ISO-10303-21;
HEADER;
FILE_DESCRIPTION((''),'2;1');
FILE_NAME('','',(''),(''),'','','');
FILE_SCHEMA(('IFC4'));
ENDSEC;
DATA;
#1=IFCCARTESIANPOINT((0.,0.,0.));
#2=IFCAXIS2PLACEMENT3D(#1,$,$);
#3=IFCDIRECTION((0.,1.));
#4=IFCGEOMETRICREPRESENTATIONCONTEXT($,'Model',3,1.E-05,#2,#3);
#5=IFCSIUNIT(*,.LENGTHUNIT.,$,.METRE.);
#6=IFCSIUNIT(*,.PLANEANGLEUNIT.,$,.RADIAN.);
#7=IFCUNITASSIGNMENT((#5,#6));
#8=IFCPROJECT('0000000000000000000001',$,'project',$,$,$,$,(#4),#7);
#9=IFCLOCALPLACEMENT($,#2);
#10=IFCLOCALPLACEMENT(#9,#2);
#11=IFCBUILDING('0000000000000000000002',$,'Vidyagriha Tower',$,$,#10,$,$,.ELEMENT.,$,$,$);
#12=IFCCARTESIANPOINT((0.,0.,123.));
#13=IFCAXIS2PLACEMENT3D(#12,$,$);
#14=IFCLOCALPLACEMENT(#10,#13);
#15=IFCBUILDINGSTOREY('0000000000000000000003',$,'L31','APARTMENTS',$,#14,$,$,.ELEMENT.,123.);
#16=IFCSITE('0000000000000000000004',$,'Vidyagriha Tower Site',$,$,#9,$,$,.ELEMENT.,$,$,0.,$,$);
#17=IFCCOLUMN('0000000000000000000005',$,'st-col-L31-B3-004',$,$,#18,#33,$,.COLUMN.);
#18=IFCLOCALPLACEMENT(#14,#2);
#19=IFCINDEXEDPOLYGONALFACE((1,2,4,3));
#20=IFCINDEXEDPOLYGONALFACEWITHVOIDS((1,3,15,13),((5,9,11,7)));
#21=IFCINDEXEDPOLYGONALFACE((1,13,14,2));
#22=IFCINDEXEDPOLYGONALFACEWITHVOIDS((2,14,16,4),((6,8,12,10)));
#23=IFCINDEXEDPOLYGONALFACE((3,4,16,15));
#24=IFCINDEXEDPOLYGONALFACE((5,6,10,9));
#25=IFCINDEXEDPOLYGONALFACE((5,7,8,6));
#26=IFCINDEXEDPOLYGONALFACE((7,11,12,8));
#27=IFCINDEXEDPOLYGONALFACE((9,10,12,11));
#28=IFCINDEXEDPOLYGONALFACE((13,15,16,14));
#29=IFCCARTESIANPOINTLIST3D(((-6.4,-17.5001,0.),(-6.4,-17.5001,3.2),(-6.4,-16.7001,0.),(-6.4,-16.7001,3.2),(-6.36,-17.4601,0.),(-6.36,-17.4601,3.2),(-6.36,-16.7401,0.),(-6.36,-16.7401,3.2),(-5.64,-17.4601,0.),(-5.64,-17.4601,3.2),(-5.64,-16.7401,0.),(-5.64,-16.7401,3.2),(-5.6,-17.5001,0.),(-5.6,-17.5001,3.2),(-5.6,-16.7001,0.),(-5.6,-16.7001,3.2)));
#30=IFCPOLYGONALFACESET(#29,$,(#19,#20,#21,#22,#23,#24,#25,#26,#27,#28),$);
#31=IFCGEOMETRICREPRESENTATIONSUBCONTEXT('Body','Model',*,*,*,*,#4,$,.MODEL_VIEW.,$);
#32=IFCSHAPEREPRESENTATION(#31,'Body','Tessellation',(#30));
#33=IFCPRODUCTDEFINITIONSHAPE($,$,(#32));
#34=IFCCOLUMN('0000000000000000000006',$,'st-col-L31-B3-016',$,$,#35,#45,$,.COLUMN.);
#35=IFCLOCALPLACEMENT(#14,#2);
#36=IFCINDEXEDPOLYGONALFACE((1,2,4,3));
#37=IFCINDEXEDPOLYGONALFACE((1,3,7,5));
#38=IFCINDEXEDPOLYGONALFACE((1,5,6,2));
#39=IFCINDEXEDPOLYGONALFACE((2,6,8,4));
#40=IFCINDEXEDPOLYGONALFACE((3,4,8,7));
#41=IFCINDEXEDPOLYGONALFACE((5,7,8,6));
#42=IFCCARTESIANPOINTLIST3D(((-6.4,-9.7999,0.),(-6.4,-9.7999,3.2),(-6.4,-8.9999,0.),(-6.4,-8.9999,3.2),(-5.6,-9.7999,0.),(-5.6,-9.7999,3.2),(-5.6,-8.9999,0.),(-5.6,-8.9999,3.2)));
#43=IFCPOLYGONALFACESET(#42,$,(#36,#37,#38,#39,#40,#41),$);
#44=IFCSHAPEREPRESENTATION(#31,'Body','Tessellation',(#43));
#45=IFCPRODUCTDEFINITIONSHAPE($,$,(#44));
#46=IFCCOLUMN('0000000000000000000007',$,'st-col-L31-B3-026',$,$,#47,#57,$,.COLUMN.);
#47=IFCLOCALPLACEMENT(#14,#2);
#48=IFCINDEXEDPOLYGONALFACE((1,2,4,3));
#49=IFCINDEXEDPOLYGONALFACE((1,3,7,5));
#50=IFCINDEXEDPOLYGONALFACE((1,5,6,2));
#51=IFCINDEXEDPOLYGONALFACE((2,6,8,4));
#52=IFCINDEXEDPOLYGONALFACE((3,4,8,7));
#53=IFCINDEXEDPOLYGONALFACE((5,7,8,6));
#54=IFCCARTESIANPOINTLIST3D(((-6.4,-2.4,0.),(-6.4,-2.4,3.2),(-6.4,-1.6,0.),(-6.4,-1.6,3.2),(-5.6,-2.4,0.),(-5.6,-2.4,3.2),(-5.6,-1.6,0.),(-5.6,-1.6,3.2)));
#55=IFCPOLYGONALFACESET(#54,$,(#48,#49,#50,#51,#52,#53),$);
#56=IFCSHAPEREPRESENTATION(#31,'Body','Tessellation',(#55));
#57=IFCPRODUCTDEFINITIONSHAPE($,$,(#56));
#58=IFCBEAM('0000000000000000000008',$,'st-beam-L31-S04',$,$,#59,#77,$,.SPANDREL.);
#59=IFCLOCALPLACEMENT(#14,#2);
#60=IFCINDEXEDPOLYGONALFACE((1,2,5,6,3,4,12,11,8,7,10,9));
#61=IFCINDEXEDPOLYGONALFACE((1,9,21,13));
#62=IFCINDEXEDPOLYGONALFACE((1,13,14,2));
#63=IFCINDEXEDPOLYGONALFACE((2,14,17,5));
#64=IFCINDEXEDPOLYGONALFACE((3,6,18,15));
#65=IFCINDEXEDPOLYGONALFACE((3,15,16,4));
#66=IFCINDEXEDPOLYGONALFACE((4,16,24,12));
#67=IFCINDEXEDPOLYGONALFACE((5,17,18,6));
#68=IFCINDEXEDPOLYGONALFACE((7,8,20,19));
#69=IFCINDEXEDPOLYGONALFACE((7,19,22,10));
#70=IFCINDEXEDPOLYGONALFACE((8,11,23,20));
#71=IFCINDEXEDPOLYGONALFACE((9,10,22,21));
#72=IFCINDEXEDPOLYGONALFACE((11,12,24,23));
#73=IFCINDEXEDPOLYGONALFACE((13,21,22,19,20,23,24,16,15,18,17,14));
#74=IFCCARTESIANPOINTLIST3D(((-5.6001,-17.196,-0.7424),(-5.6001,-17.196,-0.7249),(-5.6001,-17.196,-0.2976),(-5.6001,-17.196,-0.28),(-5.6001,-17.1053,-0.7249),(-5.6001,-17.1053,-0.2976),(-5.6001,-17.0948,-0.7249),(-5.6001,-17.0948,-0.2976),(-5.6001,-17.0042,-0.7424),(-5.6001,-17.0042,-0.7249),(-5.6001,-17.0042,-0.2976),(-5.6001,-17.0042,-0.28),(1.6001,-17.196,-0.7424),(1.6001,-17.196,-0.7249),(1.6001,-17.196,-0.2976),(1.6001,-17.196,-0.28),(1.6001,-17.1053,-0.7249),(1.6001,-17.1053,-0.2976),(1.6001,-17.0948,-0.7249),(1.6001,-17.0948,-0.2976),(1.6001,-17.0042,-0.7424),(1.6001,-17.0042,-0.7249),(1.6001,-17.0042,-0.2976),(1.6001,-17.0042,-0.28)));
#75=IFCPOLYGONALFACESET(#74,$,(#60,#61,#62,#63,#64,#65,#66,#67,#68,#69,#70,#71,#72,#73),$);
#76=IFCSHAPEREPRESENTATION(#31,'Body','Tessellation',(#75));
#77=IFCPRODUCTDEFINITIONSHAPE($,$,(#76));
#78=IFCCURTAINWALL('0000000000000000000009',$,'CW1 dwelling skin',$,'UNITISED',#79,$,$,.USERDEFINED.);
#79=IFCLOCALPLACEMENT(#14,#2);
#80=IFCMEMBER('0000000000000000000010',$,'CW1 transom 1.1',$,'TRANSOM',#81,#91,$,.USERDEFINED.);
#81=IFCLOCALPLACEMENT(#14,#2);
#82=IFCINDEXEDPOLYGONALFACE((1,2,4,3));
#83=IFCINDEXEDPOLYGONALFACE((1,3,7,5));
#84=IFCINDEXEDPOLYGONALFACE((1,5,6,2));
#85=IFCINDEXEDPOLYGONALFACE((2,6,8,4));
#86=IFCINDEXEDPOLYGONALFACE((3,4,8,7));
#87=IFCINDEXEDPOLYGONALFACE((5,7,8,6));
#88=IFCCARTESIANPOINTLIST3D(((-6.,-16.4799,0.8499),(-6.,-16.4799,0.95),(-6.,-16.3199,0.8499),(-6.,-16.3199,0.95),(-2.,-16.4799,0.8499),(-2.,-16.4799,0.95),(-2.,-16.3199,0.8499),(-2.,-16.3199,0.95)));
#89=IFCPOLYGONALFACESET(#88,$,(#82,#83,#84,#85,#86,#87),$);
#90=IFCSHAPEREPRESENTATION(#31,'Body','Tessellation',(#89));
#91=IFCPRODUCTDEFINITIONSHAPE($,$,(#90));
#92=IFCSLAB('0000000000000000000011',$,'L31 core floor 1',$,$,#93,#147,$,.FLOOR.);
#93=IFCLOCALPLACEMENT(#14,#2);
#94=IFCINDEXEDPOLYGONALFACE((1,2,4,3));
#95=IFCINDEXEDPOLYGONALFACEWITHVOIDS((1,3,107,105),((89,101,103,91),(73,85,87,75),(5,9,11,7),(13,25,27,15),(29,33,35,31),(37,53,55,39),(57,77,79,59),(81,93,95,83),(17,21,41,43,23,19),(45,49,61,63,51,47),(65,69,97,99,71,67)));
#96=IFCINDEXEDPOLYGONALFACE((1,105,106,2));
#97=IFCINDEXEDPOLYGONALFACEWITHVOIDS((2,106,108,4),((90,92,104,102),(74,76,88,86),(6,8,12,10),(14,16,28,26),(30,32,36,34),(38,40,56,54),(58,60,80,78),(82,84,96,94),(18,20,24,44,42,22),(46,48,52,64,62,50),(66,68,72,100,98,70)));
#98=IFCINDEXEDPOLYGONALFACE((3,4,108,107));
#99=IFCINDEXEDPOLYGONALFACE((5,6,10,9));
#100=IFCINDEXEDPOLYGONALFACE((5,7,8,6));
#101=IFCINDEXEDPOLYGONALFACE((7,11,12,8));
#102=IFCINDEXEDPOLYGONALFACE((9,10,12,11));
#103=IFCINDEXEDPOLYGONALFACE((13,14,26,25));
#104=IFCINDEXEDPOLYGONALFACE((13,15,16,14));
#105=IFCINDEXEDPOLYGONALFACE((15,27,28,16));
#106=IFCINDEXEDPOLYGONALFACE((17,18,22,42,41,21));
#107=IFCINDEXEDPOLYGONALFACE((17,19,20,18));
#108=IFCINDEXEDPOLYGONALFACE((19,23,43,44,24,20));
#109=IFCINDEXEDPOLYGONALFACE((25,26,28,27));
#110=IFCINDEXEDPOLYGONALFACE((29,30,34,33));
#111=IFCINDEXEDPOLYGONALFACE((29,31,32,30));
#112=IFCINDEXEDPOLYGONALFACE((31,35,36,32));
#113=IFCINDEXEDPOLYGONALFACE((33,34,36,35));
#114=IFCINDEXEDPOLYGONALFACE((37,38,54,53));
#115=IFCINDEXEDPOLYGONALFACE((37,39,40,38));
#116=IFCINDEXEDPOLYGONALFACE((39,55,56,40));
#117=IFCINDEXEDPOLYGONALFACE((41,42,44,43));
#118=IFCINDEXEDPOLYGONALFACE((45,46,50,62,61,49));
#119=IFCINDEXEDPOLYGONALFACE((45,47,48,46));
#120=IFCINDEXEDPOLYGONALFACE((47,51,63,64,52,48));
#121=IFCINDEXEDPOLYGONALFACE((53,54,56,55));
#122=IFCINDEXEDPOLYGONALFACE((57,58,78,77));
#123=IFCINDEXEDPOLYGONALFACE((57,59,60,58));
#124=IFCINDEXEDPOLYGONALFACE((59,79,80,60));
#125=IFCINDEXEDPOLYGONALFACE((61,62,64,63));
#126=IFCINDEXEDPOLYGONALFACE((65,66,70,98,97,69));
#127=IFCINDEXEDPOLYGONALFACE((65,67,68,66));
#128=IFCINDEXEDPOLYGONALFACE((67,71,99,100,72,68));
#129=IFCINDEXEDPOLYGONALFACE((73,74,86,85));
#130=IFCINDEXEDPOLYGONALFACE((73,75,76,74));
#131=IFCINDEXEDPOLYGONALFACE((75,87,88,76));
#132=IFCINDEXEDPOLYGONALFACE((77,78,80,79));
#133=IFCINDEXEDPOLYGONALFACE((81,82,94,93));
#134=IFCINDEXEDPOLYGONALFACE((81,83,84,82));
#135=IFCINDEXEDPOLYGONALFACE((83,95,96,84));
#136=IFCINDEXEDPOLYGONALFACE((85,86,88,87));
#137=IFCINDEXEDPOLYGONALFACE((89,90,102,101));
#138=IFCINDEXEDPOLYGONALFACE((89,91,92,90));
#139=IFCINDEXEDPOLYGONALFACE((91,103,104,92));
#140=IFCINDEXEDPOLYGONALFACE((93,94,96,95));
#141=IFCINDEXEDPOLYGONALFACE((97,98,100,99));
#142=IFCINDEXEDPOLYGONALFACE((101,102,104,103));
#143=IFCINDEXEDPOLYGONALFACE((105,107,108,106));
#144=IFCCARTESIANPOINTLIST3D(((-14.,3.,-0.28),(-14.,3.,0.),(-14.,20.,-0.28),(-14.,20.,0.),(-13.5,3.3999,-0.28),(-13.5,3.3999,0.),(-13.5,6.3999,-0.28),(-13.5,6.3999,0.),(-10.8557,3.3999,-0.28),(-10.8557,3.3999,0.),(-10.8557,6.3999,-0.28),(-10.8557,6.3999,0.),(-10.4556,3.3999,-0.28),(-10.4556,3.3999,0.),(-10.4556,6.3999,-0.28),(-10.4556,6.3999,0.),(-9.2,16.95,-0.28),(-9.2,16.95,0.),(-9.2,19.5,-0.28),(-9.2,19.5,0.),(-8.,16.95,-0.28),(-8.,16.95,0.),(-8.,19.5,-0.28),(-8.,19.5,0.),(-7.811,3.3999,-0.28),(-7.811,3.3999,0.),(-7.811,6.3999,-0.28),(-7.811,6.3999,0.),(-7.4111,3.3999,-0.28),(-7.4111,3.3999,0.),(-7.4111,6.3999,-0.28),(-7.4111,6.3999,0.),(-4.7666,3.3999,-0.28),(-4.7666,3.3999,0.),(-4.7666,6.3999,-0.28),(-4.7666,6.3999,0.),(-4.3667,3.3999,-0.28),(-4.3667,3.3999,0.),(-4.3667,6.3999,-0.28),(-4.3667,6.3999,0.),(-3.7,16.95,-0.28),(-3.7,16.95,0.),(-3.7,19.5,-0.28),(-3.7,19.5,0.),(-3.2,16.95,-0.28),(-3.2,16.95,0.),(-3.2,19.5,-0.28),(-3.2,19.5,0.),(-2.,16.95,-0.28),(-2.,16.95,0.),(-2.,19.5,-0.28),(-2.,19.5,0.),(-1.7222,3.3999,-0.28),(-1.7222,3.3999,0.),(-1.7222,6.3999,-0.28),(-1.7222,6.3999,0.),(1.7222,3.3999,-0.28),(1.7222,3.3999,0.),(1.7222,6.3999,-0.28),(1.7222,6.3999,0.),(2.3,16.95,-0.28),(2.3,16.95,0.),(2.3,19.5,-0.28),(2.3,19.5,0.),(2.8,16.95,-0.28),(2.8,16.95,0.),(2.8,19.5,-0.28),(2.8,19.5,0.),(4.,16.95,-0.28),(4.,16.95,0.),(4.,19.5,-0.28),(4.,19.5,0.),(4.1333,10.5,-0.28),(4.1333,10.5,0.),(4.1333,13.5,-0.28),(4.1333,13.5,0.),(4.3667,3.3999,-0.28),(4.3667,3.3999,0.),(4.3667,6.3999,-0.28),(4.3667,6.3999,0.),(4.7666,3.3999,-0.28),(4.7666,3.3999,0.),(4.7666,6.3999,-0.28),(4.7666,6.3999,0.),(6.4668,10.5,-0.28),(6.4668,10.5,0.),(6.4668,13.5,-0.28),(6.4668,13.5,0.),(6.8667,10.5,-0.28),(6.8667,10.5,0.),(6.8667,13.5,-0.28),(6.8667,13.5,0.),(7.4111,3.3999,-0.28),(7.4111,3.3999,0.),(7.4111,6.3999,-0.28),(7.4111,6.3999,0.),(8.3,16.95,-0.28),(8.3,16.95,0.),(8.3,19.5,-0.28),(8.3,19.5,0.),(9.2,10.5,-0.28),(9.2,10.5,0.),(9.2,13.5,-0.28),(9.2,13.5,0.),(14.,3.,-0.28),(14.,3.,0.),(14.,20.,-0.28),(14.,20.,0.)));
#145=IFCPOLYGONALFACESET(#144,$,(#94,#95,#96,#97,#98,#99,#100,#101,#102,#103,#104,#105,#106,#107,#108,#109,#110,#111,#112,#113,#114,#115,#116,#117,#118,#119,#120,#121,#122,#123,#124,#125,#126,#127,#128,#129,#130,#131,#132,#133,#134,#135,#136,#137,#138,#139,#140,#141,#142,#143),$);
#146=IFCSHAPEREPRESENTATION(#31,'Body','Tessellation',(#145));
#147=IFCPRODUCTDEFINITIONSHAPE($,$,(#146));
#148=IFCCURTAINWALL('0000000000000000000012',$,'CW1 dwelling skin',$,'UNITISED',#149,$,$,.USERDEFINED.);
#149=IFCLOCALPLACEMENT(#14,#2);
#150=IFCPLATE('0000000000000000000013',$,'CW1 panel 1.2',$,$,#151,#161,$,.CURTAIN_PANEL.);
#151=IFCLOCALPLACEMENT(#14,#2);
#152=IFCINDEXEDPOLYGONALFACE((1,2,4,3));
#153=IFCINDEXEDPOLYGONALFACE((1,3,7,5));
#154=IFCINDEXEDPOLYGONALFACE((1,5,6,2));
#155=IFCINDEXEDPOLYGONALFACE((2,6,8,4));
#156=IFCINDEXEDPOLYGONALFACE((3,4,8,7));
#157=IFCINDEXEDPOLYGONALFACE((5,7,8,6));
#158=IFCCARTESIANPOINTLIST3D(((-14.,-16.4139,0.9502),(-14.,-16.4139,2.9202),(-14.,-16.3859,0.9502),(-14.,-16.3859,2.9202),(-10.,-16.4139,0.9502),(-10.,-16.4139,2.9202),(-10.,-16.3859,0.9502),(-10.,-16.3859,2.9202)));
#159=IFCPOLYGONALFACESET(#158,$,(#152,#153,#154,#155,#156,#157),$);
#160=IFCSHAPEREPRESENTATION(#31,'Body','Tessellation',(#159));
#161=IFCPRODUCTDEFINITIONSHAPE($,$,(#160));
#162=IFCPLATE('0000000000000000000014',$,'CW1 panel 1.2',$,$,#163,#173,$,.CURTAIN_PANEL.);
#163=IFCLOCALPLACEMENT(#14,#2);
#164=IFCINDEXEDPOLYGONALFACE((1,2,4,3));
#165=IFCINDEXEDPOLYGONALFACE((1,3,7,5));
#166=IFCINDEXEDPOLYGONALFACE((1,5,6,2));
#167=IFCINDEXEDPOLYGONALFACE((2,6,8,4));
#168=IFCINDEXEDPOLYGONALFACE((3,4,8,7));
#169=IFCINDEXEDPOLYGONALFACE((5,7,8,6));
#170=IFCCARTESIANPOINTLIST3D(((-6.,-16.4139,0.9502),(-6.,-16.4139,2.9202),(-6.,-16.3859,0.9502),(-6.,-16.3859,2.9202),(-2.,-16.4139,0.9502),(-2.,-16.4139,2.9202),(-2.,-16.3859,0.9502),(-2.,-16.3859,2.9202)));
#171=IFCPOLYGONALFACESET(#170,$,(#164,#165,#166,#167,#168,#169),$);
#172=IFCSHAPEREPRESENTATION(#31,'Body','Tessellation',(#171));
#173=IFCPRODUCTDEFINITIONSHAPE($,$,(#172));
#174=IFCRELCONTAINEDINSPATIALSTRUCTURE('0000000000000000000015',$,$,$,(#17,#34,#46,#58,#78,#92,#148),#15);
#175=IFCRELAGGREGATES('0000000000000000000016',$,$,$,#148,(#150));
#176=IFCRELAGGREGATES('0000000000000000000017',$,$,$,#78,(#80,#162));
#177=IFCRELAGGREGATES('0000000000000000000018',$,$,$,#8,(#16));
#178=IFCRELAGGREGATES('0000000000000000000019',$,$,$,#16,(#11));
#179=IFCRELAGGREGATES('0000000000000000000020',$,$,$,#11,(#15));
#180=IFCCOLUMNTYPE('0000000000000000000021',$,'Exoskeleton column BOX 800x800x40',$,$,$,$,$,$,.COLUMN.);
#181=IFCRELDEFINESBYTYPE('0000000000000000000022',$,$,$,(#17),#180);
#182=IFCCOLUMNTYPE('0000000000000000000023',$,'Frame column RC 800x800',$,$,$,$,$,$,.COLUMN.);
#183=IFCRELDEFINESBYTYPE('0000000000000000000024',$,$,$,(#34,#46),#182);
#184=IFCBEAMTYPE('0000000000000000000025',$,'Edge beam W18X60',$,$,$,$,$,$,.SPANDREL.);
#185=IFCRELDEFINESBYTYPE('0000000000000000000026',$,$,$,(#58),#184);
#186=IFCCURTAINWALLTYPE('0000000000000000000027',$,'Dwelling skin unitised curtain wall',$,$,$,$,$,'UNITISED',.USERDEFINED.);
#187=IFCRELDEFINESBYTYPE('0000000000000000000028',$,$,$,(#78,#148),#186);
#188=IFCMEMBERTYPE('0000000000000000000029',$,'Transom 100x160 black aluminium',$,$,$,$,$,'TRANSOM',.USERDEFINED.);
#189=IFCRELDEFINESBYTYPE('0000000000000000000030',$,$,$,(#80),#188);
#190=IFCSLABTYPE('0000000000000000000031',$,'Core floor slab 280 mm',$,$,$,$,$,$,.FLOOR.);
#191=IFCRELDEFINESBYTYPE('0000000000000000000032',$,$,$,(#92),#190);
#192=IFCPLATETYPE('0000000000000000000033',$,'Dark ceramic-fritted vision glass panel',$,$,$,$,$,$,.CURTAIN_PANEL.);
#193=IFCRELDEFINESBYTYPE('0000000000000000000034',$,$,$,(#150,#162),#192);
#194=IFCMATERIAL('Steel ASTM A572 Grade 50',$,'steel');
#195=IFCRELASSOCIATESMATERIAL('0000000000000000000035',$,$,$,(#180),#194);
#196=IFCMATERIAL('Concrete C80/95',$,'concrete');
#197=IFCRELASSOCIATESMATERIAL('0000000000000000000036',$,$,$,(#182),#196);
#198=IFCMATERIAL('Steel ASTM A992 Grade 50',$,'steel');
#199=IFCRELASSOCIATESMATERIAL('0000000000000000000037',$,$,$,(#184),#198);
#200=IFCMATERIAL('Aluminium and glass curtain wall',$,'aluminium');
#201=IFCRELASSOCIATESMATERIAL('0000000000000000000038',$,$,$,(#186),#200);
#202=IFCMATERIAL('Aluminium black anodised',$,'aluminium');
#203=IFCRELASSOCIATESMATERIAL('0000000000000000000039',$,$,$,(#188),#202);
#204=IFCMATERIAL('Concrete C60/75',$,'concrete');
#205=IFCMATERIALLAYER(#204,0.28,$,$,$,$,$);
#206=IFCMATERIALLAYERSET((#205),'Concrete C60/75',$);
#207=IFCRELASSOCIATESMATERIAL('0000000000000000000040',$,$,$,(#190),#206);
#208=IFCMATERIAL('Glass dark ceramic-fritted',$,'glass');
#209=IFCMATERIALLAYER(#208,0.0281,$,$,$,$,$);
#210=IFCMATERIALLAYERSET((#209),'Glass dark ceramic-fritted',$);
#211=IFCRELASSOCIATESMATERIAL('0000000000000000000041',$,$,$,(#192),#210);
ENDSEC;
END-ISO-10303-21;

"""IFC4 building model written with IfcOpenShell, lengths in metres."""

from ifc_helpers import new_model, si_unit, direction, frame, origin, origin_2d, place, context, subcontext, project, spatial, polyline, rectangle, hollow_rectangle, i_section, outline, extrude, material, layer, layer_set, material_profile, profile_set, type_object, element, aggregate, save


model = new_model("IFC4")

# Units and contexts
model_context = context("Model", 3, precision=1e-05, world=origin(), true_north=direction((0.0, 1.0)))
body_context = subcontext(model_context, "Body", "Model", "MODEL_VIEW")
ifc_project = project(units=[si_unit("LENGTHUNIT", "METRE"), si_unit("PLANEANGLEUNIT", "RADIAN")], contexts=[model_context])

# Site, building, storey
site_placement = place(None, origin())
site = spatial("IfcSite", under=ifc_project, at=site_placement, Name="Vidyagriha Tower Site", CompositionType="ELEMENT", RefElevation=0.0)
building_placement = place(site_placement, origin())
building = spatial("IfcBuilding", under=site, at=building_placement, Name="Vidyagriha Tower", CompositionType="ELEMENT")
storey_placement = place(building_placement, frame((0.0, 0.0, 123.0)))
storey = spatial("IfcBuildingStorey", under=building, at=storey_placement, Name="L31", Description="APARTMENTS", CompositionType="ELEMENT", Elevation=123.0)

# Columns
ifc_material_1 = material(Name="Steel ASTM A572 Grade 50", Category="steel")
ifc_material_profile_1 = material_profile(ifc_material_1, hollow_rectangle(XDim=0.8, YDim=0.8, WallThickness=0.04, at=origin_2d()), Name="BOX 800x800x40")
ifc_profile_set_1 = profile_set([ifc_material_profile_1], Name="Steel ASTM A572 Grade 50")
column_type_1 = type_object("IfcColumnType", Name="Exoskeleton column BOX 800x800x40", PredefinedType="COLUMN", material=ifc_profile_set_1)
column_placement = place(storey_placement, frame((-6.0, -17.1001, 0.0)))
element("IfcColumn", 1, at=column_placement, inside=storey, type_object=column_type_1, Name="st-col-L31-B3-004", PredefinedType="COLUMN", context=body_context, shape_type="SweptSolid", body=[
    extrude(hollow_rectangle(XDim=0.8, YDim=0.8, WallThickness=0.04, at=origin_2d()), origin(), (0.0, 0.0, 1.0), 3.2),
])
ifc_material_2 = material(Name="Concrete C80/95", Category="concrete")
ifc_material_profile_2 = material_profile(ifc_material_2, rectangle(XDim=0.8, YDim=0.8, at=origin_2d()), Name="RC 800x800")
ifc_profile_set_2 = profile_set([ifc_material_profile_2], Name="Concrete C80/95")
column_type_2 = type_object("IfcColumnType", Name="Frame column RC 800x800", PredefinedType="COLUMN", material=ifc_profile_set_2)
for number, where, name in (
    (2, (-6.0, -9.3999, 0.0), "st-col-L31-B3-016"),
    (3, (-6.0, -2.0, 0.0), "st-col-L31-B3-026"),
):
    element("IfcColumn", number, at=place(storey_placement, frame(where)), inside=storey, type_object=column_type_2, Name=name, PredefinedType="COLUMN", context=body_context, shape_type="SweptSolid", body=[
        extrude(rectangle(XDim=0.8, YDim=0.8, at=origin_2d()), origin(), (0.0, 0.0, 1.0), 3.2),
    ])

# Beam
ifc_material_3 = material(Name="Steel ASTM A992 Grade 50", Category="steel")
ifc_material_profile_3 = material_profile(ifc_material_3, i_section(OverallWidth=0.1919, OverallDepth=0.4624, WebThickness=0.0105, FlangeThickness=0.0176, at=origin_2d()), Name="W18X60")
ifc_profile_set_3 = profile_set([ifc_material_profile_3], Name="Steel ASTM A992 Grade 50")
beam_type = type_object("IfcBeamType", Name="Edge beam W18X60", PredefinedType="SPANDREL", material=ifc_profile_set_3)
beam_placement = place(storey_placement, frame((-5.6001, -17.1001, -0.5112), z_axis=(1.0, 0.0, 0.0), x_axis=(0.0, 1.0, 0.0)))
element("IfcBeam", 4, at=beam_placement, inside=storey, type_object=beam_type, Name="st-beam-L31-S04", PredefinedType="SPANDREL", context=body_context, shape_type="SweptSolid", body=[
    extrude(i_section(OverallWidth=0.1919, OverallDepth=0.4624, WebThickness=0.0105, FlangeThickness=0.0176, at=origin_2d()), origin(), (0.0, 0.0, 1.0), 7.2002),
])

# Curtain wall, member
ifc_material_4 = material(Name="Aluminium and glass curtain wall", Category="aluminium")
curtain_wall_type = type_object("IfcCurtainWallType", Name="Dwelling skin unitised curtain wall", ElementType="UNITISED", PredefinedType="USERDEFINED", material=ifc_material_4)
curtain_wall_1_placement = place(storey_placement, origin())
curtain_wall_1 = element("IfcCurtainWall", 5, at=curtain_wall_1_placement, inside=storey, type_object=curtain_wall_type, Name="CW1 dwelling skin", ObjectType="UNITISED", PredefinedType="USERDEFINED")
ifc_material_5 = material(Name="Aluminium black anodised", Category="aluminium")
ifc_material_profile_4 = material_profile(ifc_material_5, rectangle(XDim=0.1599, YDim=0.1001, at=origin_2d()), Name="Transom 100x160 black aluminium")
ifc_profile_set_4 = profile_set([ifc_material_profile_4], Name="Aluminium black anodised")
member_type = type_object("IfcMemberType", Name="Transom 100x160 black aluminium", ElementType="TRANSOM", PredefinedType="USERDEFINED", material=ifc_profile_set_4)
member_placement = place(storey_placement, frame((-6.0, -16.3999, 0.8999), z_axis=(1.0, 0.0, 0.0), x_axis=(0.0, 1.0, 0.0)))
member = element("IfcMember", 6, at=member_placement, type_object=member_type, Name="CW1 transom 1.1", ObjectType="TRANSOM", PredefinedType="USERDEFINED", context=body_context, shape_type="SweptSolid", body=[
    extrude(rectangle(XDim=0.1599, YDim=0.1001, at=origin_2d()), origin(), (0.0, 0.0, 1.0), 4.0),
])

# Slab
ifc_material_6 = material(Name="Concrete C60/75", Category="concrete")
ifc_layer_1 = layer(ifc_material_6, 0.28)
ifc_layer_set_1 = layer_set([ifc_layer_1], Name="Concrete C60/75")
slab_type_1 = type_object("IfcSlabType", Name="Core floor slab 280 mm", PredefinedType="FLOOR", material=ifc_layer_set_1)
slab_1_placement = place(storey_placement, frame((0.0, 0.0, -0.28)))
element("IfcSlab", 7, at=slab_1_placement, inside=storey, type_object=slab_type_1, Name="L31 core floor 1", PredefinedType="FLOOR", context=body_context, shape_type="SweptSolid", body=[
    extrude(outline(polyline([(-14.0, 3.0), (-14.0, 20.0), (14.0, 20.0), (14.0, 3.0), (-14.0, 3.0)]), holes=[polyline([(9.2, 13.5), (6.8667, 13.5), (6.8667, 10.5), (9.2, 10.5), (9.2, 13.5)]), polyline([(4.0, 19.5), (2.8, 19.5), (2.8, 16.95), (4.0, 16.95), (8.3, 16.95), (8.3, 19.5), (4.0, 19.5)]), polyline([(7.4111, 6.3999), (4.7666, 6.3999), (4.7666, 3.3999), (7.4111, 3.3999), (7.4111, 6.3999)]), polyline([(6.4668, 13.5), (4.1333, 13.5), (4.1333, 10.5), (6.4668, 10.5), (6.4668, 13.5)]), polyline([(1.7222, 6.3999), (1.7222, 3.3999), (4.3667, 3.3999), (4.3667, 6.3999), (1.7222, 6.3999)]), polyline([(-2.0, 16.95), (2.3, 16.95), (2.3, 19.5), (-2.0, 19.5), (-3.2, 19.5), (-3.2, 16.95), (-2.0, 16.95)]), polyline([(-1.7222, 6.3999), (-4.3667, 6.3999), (-4.3667, 3.3999), (-1.7222, 3.3999), (-1.7222, 6.3999)]), polyline([(-8.0, 19.5), (-9.2, 19.5), (-9.2, 16.95), (-8.0, 16.95), (-3.7, 16.95), (-3.7, 19.5), (-8.0, 19.5)]), polyline([(-4.7666, 6.3999), (-7.4111, 6.3999), (-7.4111, 3.3999), (-4.7666, 3.3999), (-4.7666, 6.3999)]), polyline([(-7.811, 6.3999), (-10.4556, 6.3999), (-10.4556, 3.3999), (-7.811, 3.3999), (-7.811, 6.3999)]), polyline([(-13.5, 6.3999), (-13.5, 3.3999), (-10.8557, 3.3999), (-10.8557, 6.3999), (-13.5, 6.3999)])]), origin(), (0.0, 0.0, 1.0), 0.28),
])

# Curtain wall, plate
curtain_wall_2_placement = place(storey_placement, origin())
curtain_wall_2 = element("IfcCurtainWall", 8, at=curtain_wall_2_placement, inside=storey, type_object=curtain_wall_type, Name="CW1 dwelling skin", ObjectType="UNITISED", PredefinedType="USERDEFINED")
ifc_material_7 = material(Name="Glass dark ceramic-fritted", Category="glass")
ifc_layer_2 = layer(ifc_material_7, 0.0281)
ifc_layer_set_2 = layer_set([ifc_layer_2], Name="Glass dark ceramic-fritted")
plate_type_1 = type_object("IfcPlateType", Name="Dark ceramic-fritted vision glass panel", PredefinedType="CURTAIN_PANEL", material=ifc_layer_set_2)
plate_1_placement = place(storey_placement, frame((-12.0, -16.3999, 0.9502)))
plate_1 = element("IfcPlate", 9, at=plate_1_placement, type_object=plate_type_1, Name="CW1 panel 1.2", PredefinedType="CURTAIN_PANEL", context=body_context, shape_type="SweptSolid", body=[
    extrude(rectangle(XDim=4.0, YDim=0.0281, at=origin_2d()), origin(), (0.0, 0.0, 1.0), 1.97),
])
aggregate(curtain_wall_2, [plate_1])

# Plate
plate_2_placement = place(storey_placement, frame((-4.0, -16.3999, 0.9502)))
plate_2 = element("IfcPlate", 10, at=plate_2_placement, type_object=plate_type_1, Name="CW1 panel 1.2", PredefinedType="CURTAIN_PANEL", context=body_context, shape_type="SweptSolid", body=[
    extrude(rectangle(XDim=4.0, YDim=0.0281, at=origin_2d()), origin(), (0.0, 0.0, 1.0), 1.97),
])
aggregate(curtain_wall_1, [member, plate_2])

save(model, "model.ifc")
